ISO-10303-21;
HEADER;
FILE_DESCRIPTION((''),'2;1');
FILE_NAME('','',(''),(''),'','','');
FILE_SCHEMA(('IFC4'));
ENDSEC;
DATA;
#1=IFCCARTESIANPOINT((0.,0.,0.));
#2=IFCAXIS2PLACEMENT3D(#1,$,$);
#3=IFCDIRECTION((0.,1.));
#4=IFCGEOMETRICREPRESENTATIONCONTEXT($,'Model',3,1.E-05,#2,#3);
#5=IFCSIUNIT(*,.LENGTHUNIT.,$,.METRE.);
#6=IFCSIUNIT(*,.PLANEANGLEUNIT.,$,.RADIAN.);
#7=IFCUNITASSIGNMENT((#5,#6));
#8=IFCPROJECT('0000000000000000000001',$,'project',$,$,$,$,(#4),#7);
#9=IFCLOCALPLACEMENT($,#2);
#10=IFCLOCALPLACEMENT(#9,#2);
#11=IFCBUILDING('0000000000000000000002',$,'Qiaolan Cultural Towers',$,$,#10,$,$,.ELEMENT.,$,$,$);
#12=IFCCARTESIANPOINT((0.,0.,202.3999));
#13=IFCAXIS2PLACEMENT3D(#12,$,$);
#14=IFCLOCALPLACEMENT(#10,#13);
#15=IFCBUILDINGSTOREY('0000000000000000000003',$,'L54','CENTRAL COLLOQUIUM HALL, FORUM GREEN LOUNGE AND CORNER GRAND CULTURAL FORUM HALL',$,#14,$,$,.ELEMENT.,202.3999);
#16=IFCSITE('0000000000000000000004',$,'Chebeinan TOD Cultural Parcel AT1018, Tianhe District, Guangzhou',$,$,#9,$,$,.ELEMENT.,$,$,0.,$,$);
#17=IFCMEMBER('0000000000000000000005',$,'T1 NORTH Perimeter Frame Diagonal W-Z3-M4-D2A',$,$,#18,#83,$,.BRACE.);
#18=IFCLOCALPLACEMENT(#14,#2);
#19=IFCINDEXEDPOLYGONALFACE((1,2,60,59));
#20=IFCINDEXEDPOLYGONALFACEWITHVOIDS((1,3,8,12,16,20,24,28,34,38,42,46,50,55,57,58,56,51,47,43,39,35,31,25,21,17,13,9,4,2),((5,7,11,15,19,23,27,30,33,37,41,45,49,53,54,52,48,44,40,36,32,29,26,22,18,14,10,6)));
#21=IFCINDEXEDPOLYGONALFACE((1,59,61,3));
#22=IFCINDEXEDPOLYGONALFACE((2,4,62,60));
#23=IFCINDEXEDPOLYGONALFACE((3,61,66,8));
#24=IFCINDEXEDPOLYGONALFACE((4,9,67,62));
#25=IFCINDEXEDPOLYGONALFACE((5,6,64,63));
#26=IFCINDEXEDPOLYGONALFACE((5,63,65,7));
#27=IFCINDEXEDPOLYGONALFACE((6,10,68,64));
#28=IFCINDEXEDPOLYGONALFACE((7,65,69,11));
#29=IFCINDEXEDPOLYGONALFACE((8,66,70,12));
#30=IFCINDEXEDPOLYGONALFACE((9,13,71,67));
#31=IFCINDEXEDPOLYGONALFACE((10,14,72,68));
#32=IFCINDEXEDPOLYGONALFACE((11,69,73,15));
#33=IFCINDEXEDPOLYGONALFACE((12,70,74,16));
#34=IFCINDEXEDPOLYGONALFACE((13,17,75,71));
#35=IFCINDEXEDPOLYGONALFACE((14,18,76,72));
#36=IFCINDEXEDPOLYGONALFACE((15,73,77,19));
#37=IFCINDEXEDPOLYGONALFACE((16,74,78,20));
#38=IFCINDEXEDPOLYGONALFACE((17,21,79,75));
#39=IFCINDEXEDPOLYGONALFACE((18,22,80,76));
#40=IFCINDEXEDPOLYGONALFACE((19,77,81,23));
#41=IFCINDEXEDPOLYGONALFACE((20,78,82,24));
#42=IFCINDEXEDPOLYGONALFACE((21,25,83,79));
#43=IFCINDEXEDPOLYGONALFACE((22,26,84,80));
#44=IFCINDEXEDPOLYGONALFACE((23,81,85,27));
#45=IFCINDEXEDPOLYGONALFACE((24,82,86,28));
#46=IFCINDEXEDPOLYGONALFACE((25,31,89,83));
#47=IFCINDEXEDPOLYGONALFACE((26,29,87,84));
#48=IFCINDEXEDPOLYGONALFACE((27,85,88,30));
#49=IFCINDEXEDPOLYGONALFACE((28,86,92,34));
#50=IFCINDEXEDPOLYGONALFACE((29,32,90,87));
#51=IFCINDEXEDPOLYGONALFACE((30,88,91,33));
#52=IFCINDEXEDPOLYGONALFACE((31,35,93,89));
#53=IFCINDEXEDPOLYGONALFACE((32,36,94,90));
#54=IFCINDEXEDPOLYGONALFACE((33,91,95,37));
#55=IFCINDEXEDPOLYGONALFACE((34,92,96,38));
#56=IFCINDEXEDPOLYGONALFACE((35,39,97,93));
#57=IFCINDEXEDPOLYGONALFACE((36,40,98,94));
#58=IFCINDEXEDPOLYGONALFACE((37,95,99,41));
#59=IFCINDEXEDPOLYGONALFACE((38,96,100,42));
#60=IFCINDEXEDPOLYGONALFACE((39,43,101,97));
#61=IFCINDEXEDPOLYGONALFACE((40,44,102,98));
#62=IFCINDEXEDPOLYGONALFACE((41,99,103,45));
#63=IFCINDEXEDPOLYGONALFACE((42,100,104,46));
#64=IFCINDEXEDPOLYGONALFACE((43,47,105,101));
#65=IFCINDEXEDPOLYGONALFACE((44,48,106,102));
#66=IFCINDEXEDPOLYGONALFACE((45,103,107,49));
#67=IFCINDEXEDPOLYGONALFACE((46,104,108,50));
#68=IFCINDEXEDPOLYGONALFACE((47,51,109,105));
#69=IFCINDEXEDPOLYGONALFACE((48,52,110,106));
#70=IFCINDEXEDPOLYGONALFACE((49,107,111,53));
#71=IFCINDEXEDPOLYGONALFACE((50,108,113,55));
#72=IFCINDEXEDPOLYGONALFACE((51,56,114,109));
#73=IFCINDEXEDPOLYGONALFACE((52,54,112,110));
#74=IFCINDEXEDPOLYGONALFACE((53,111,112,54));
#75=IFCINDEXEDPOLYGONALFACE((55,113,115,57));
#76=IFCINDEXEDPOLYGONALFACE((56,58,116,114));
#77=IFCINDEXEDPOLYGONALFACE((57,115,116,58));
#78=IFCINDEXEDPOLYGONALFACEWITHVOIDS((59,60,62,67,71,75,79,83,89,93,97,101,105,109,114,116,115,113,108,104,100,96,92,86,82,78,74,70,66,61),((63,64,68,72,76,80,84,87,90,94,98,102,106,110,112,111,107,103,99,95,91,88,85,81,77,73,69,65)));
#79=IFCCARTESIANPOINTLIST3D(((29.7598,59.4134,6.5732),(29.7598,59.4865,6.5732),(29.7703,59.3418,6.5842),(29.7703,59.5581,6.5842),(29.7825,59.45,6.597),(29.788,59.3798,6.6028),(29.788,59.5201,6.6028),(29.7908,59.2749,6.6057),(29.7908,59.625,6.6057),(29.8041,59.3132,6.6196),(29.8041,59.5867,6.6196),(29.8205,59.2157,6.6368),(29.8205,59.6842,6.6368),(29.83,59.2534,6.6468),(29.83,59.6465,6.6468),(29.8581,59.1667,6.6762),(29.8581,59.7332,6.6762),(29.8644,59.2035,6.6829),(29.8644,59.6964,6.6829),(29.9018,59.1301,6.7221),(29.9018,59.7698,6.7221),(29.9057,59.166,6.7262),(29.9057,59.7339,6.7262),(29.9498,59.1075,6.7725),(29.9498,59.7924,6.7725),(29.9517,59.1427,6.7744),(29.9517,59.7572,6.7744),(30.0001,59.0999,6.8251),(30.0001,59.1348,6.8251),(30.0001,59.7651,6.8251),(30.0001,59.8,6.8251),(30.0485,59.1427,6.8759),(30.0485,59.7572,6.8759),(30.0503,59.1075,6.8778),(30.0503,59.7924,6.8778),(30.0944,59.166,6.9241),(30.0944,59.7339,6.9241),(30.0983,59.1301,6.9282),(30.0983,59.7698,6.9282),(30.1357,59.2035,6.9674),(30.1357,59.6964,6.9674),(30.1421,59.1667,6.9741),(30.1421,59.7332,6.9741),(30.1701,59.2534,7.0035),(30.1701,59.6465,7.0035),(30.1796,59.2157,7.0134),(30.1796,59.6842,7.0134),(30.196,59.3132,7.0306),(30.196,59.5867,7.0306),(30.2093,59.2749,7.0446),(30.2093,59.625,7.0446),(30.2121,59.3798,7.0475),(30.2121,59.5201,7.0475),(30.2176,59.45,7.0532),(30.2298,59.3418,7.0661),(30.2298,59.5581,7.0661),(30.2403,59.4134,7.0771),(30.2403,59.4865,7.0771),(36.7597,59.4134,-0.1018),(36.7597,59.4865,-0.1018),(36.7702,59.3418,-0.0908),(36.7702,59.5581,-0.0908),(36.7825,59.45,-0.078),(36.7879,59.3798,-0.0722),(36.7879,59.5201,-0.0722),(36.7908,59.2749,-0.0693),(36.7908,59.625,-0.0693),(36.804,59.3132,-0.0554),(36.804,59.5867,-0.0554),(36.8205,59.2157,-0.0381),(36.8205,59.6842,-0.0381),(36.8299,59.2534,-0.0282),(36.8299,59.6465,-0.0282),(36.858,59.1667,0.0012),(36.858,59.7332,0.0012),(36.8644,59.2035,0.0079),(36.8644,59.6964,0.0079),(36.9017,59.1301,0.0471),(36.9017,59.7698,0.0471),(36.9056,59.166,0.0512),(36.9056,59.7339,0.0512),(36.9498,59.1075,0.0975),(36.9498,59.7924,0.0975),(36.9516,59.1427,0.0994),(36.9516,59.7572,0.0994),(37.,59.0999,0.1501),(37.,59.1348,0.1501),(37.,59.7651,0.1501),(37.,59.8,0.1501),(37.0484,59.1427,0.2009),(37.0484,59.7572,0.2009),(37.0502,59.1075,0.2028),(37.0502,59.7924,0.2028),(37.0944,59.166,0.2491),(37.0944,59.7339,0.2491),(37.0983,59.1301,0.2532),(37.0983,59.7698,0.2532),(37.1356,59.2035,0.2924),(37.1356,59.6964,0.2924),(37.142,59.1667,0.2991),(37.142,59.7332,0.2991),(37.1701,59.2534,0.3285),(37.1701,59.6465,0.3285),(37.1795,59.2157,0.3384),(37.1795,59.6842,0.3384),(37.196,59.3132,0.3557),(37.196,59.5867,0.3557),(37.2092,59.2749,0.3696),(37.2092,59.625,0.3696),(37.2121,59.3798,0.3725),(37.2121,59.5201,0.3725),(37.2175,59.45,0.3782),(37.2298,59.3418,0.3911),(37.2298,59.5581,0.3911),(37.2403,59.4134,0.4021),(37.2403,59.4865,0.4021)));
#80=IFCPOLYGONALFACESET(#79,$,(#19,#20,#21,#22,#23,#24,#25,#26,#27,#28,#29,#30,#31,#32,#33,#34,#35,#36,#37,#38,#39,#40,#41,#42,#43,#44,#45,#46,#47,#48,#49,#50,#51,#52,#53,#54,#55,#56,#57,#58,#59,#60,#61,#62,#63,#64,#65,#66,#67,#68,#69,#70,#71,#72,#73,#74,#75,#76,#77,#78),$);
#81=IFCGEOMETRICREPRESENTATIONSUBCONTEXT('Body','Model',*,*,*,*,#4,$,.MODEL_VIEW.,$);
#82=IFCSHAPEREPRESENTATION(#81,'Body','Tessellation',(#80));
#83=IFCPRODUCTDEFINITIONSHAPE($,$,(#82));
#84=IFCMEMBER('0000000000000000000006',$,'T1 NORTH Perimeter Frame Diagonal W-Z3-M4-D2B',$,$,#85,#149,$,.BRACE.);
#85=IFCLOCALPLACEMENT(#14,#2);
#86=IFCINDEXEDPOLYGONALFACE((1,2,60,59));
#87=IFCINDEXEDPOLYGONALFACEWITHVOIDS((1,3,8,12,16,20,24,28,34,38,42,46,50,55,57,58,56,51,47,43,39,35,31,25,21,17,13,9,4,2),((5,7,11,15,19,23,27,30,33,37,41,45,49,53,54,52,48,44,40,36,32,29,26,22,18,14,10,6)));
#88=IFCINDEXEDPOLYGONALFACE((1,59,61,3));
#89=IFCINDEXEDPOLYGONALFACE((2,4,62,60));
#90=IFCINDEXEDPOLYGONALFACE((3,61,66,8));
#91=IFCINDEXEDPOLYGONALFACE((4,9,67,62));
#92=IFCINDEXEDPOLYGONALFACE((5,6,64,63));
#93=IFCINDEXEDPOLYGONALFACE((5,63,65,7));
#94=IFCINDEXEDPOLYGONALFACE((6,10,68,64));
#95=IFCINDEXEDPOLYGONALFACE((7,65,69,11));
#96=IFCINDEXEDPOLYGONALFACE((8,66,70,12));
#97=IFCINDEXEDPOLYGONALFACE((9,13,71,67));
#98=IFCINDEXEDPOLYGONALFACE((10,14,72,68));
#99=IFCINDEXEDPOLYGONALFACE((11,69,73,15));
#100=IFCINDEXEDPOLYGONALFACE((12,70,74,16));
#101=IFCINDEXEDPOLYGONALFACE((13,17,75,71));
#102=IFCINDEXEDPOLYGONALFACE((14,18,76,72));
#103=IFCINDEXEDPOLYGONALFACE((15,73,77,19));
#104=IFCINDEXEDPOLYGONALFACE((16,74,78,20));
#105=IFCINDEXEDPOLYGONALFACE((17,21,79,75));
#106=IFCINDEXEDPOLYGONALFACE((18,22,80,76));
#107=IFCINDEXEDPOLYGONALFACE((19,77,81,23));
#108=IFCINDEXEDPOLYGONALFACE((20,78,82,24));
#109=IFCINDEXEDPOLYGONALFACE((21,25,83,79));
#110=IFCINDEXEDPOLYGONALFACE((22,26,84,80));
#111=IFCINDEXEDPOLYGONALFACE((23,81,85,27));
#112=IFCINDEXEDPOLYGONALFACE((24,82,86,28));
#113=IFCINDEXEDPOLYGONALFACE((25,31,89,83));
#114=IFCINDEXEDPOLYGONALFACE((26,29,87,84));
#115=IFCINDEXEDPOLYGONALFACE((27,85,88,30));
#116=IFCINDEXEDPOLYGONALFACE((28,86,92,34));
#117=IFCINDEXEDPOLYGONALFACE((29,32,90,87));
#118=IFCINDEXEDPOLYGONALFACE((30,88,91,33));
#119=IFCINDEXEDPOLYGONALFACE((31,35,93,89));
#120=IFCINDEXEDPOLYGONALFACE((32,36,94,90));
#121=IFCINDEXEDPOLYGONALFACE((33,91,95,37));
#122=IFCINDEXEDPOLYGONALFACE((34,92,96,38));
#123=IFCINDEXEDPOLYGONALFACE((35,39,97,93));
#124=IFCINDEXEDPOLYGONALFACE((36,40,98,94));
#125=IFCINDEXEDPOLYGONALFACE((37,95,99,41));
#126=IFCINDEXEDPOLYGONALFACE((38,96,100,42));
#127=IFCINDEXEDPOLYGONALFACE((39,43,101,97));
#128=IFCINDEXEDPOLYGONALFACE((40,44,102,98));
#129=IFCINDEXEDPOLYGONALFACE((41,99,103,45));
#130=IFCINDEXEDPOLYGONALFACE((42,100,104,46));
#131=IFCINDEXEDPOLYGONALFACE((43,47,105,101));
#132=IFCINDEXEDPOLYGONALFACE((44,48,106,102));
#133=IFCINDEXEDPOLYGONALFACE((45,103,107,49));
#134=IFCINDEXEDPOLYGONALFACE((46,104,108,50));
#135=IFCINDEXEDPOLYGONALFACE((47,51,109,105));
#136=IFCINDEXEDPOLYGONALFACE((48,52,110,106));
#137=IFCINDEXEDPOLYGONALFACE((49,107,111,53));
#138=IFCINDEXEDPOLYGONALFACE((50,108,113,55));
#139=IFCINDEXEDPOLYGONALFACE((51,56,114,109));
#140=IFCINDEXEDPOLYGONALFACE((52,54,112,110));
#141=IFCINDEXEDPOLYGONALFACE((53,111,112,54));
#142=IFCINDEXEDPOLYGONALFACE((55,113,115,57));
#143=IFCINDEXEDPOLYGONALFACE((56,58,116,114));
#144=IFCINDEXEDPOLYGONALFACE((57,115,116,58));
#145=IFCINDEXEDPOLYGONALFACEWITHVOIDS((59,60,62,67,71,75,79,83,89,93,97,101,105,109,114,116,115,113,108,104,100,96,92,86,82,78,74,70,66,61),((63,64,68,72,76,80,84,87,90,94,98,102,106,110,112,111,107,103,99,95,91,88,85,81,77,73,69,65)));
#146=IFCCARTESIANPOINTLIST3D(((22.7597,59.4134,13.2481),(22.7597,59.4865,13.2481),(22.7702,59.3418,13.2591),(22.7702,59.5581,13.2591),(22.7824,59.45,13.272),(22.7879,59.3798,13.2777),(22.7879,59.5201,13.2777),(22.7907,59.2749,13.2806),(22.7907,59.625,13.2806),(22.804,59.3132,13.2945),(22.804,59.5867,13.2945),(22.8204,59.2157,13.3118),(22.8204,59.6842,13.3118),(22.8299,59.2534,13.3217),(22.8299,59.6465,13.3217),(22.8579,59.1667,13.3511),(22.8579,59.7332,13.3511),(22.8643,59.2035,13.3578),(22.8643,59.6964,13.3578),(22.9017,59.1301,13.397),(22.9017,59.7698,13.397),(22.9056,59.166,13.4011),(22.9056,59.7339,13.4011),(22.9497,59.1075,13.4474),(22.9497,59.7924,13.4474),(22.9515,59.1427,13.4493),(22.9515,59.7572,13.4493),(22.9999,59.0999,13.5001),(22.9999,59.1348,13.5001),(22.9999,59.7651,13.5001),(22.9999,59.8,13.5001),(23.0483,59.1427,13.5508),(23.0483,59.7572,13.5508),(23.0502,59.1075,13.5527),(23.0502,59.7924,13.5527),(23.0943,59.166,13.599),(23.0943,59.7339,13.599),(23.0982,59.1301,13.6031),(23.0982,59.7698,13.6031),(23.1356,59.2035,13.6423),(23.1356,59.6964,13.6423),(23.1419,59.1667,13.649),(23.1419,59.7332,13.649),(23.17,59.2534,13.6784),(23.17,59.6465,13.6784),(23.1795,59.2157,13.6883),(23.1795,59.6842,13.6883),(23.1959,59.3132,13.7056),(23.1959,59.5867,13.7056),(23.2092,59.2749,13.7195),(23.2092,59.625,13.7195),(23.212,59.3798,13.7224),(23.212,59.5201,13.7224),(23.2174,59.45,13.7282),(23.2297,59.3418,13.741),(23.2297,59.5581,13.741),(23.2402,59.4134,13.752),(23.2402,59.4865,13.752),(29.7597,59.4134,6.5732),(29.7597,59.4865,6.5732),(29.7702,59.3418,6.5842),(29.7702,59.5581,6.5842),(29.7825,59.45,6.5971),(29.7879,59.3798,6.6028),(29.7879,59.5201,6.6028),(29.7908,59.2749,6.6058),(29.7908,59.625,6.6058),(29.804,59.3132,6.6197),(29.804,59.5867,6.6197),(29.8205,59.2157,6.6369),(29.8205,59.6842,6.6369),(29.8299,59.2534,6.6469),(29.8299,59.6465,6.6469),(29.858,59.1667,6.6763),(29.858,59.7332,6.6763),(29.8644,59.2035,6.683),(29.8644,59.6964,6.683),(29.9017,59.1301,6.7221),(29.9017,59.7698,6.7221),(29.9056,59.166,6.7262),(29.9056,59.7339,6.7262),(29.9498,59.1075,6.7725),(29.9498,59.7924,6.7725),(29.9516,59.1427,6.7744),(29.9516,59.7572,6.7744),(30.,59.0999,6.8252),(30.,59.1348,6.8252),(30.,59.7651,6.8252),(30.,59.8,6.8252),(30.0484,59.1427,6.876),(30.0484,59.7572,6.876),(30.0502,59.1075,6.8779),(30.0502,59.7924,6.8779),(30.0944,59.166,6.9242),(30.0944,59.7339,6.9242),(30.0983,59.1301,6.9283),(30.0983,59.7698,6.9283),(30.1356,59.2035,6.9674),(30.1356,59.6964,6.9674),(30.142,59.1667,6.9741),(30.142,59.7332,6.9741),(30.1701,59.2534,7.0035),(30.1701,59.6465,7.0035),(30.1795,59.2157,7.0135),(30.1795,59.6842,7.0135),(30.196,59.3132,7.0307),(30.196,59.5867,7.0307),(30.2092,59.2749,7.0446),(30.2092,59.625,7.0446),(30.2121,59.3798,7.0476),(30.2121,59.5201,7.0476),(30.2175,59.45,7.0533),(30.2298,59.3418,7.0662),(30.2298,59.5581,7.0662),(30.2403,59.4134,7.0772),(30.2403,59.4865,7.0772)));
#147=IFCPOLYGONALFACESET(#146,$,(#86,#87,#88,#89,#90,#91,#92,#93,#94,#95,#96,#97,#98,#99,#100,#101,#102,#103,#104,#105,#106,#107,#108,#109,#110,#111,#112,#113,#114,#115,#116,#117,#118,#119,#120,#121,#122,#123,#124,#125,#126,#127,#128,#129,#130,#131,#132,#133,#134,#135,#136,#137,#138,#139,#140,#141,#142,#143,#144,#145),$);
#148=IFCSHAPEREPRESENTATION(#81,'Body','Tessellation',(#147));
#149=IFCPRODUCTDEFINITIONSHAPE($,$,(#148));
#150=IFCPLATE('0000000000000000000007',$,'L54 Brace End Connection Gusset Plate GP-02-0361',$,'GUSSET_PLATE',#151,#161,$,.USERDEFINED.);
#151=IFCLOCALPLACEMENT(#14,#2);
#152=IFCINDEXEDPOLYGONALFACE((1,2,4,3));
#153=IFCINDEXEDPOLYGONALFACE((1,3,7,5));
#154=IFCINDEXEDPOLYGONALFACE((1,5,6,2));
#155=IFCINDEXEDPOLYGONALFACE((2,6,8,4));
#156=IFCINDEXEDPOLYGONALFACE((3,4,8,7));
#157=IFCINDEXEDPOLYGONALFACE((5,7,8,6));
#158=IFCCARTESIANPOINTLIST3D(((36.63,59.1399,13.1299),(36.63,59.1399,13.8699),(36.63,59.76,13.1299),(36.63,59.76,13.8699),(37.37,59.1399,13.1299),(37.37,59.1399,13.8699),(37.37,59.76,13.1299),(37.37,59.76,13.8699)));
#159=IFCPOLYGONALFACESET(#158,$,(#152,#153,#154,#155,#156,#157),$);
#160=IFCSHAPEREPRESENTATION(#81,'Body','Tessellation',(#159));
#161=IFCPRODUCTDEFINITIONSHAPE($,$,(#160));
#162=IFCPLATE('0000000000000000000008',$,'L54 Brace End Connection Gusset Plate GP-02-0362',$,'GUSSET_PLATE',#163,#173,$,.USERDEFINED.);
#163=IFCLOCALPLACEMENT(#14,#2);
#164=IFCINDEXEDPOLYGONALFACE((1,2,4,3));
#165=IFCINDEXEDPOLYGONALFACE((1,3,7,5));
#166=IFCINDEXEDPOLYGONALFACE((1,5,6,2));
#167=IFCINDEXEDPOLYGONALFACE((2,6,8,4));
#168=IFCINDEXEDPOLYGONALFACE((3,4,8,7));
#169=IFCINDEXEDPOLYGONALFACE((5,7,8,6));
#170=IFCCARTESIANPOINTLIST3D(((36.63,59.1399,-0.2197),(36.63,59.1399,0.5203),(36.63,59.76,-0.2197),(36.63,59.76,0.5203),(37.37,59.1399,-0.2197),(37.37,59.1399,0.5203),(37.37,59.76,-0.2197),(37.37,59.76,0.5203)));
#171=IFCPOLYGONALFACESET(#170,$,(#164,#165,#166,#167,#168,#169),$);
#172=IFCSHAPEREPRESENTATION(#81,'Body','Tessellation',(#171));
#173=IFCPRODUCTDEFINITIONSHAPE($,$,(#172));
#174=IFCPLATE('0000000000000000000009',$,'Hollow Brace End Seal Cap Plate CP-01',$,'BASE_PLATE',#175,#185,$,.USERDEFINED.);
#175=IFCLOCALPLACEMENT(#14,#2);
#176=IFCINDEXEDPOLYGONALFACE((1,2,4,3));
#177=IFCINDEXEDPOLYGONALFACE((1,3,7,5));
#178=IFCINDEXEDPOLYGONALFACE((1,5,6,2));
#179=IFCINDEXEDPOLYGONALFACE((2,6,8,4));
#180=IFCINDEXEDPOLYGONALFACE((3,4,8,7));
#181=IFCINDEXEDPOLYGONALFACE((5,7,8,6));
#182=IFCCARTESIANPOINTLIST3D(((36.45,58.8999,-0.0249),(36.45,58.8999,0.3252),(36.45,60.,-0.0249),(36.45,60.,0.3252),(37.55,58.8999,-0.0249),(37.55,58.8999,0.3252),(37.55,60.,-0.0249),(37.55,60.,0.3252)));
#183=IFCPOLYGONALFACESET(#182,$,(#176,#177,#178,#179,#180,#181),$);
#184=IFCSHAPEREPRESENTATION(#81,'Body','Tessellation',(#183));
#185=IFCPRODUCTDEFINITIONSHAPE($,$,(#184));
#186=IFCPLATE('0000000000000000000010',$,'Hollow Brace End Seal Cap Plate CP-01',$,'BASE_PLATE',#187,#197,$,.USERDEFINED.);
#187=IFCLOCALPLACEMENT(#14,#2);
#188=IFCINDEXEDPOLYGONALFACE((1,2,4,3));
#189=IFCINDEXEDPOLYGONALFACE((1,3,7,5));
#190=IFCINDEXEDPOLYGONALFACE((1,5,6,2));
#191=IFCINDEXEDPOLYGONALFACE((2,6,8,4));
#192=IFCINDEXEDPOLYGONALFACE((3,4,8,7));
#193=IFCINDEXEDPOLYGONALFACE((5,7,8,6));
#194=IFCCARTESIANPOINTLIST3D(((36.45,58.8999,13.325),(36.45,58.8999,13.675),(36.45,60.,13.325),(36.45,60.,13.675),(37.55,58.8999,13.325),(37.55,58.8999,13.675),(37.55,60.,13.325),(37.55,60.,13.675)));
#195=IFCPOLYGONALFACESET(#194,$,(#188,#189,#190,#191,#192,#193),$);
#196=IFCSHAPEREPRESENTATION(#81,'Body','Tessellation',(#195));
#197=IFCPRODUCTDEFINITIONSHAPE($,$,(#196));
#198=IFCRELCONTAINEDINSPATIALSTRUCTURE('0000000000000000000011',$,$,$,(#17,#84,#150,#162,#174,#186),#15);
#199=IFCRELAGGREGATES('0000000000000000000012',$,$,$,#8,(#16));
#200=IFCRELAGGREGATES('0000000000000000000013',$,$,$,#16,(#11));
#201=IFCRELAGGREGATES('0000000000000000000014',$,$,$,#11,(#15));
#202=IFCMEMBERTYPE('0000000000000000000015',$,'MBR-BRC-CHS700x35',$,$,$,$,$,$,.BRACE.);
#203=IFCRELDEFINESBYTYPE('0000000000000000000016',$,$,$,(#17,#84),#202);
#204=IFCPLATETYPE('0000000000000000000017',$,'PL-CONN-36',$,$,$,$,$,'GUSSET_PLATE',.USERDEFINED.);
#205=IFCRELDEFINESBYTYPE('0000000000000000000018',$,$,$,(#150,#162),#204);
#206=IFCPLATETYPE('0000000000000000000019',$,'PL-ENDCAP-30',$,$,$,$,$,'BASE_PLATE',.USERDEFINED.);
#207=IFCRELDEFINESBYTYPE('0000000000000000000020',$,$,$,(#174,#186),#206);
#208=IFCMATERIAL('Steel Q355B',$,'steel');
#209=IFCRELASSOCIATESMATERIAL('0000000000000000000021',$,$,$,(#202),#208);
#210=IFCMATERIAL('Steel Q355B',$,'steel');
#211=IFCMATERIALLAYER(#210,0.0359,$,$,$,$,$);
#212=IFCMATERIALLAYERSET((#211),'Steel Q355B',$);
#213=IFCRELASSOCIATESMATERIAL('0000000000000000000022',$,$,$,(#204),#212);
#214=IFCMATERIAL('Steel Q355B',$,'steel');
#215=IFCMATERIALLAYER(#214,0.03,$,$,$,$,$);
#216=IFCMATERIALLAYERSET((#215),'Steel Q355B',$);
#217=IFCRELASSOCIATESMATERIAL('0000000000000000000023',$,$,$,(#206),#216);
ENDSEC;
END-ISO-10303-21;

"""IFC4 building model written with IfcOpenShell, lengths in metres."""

from ifc_helpers import new_model, si_unit, direction, frame, origin, origin_2d, place, context, subcontext, project, spatial, rectangle, hollow_circle, extrude, material, layer, layer_set, material_profile, profile_set, type_object, element, save


model = new_model("IFC4")

# Units and contexts
model_context = context("Model", 3, precision=1e-05, world=origin(), true_north=direction((0.0, 1.0)))
body_context = subcontext(model_context, "Body", "Model", "MODEL_VIEW")
ifc_project = project(units=[si_unit("LENGTHUNIT", "METRE"), si_unit("PLANEANGLEUNIT", "RADIAN")], contexts=[model_context])

# Site, building, storey
site_placement = place(None, origin())
site = spatial("IfcSite", under=ifc_project, at=site_placement, Name="Chebeinan TOD Cultural Parcel AT1018, Tianhe District, Guangzhou", CompositionType="ELEMENT", RefElevation=0.0)
building_placement = place(site_placement, origin())
building = spatial("IfcBuilding", under=site, at=building_placement, Name="Qiaolan Cultural Towers", CompositionType="ELEMENT")
storey_placement = place(building_placement, frame((0.0, 0.0, 202.3999)))
storey = spatial("IfcBuildingStorey", under=building, at=storey_placement, Name="L54", Description="CENTRAL COLLOQUIUM HALL, FORUM GREEN LOUNGE AND CORNER GRAND CULTURAL FORUM HALL", CompositionType="ELEMENT", Elevation=202.3999)

# Members
ifc_material_1 = material(Name="Steel Q355B", Category="steel")
ifc_material_profile_1 = material_profile(ifc_material_1, hollow_circle(Radius=0.3501, WallThickness=0.0349, at=origin_2d()), Name="CHS700x35")
ifc_profile_set_1 = profile_set([ifc_material_profile_1], Name="Steel Q355B")
member_type = type_object("IfcMemberType", Name="MBR-BRC-CHS700x35", PredefinedType="BRACE", material=ifc_profile_set_1)
for number, where, z_axis, x_axis, name in (
    (1, (37.0, 59.45, 0.1501), (-0.723705, 0.0, 0.690109), (0.0, -1.0, 0.0), "T1 NORTH Perimeter Frame Diagonal W-Z3-M4-D2A"),
    (2, (30.0, 59.45, 6.8252), (-0.723718, 0.0, 0.690096), (0.0, -1.0, 0.0), "T1 NORTH Perimeter Frame Diagonal W-Z3-M4-D2B"),
):
    element("IfcMember", number, at=place(storey_placement, frame(where, z_axis=z_axis, x_axis=x_axis)), inside=storey, type_object=member_type, Name=name, PredefinedType="BRACE", context=body_context, shape_type="SweptSolid", body=[
        extrude(hollow_circle(Radius=0.3501, WallThickness=0.0349, at=origin_2d()), origin(), (0.0, 0.0, 1.0), 9.6724),
    ])

# Plates
ifc_material_2 = material(Name="Steel Q355B", Category="steel")
ifc_layer_1 = layer(ifc_material_2, 0.0359)
ifc_layer_set_1 = layer_set([ifc_layer_1], Name="Steel Q355B")
plate_type_1 = type_object("IfcPlateType", Name="PL-CONN-36", ElementType="GUSSET_PLATE", PredefinedType="USERDEFINED", material=ifc_layer_set_1)
for number, where, z_axis, x_axis, name in (
    (3, (37.0, 59.45, 13.1299), (0.0, 0.0, 1.0), (1.0, 0.0, 0.0), "L54 Brace End Connection Gusset Plate GP-02-0361"),
    (4, (37.0, 59.45, -0.2197), (0.0, 0.0, 1.0), (1.0, 0.0, 0.0), "L54 Brace End Connection Gusset Plate GP-02-0362"),
):
    element("IfcPlate", number, at=place(storey_placement, frame(where, z_axis=z_axis, x_axis=x_axis)), inside=storey, type_object=plate_type_1, Name=name, ObjectType="GUSSET_PLATE", PredefinedType="USERDEFINED", context=body_context, shape_type="SweptSolid", body=[
        extrude(rectangle(XDim=0.74, YDim=0.6201, at=origin_2d()), origin(), (0.0, 0.0, 1.0), 0.74),
    ])
ifc_material_3 = material(Name="Steel Q355B", Category="steel")
ifc_layer_2 = layer(ifc_material_3, 0.03)
ifc_layer_set_2 = layer_set([ifc_layer_2], Name="Steel Q355B")
plate_type_2 = type_object("IfcPlateType", Name="PL-ENDCAP-30", ElementType="BASE_PLATE", PredefinedType="USERDEFINED", material=ifc_layer_set_2)
for number, where, z_axis, x_axis, name in (
    (5, (37.0, 59.45, -0.0249), (0.0, 0.0, 1.0), (1.0, 0.0, 0.0), "Hollow Brace End Seal Cap Plate CP-01"),
    (6, (37.0, 59.45, 13.325), (0.0, 0.0, 1.0), (1.0, 0.0, 0.0), "Hollow Brace End Seal Cap Plate CP-01"),
):
    element("IfcPlate", number, at=place(storey_placement, frame(where, z_axis=z_axis, x_axis=x_axis)), inside=storey, type_object=plate_type_2, Name=name, ObjectType="BASE_PLATE", PredefinedType="USERDEFINED", context=body_context, shape_type="SweptSolid", body=[
        extrude(rectangle(XDim=1.1001, YDim=1.1001, at=origin_2d()), origin(), (0.0, 0.0, 1.0), 0.3501),
    ])

save(model, "model.ifc")
